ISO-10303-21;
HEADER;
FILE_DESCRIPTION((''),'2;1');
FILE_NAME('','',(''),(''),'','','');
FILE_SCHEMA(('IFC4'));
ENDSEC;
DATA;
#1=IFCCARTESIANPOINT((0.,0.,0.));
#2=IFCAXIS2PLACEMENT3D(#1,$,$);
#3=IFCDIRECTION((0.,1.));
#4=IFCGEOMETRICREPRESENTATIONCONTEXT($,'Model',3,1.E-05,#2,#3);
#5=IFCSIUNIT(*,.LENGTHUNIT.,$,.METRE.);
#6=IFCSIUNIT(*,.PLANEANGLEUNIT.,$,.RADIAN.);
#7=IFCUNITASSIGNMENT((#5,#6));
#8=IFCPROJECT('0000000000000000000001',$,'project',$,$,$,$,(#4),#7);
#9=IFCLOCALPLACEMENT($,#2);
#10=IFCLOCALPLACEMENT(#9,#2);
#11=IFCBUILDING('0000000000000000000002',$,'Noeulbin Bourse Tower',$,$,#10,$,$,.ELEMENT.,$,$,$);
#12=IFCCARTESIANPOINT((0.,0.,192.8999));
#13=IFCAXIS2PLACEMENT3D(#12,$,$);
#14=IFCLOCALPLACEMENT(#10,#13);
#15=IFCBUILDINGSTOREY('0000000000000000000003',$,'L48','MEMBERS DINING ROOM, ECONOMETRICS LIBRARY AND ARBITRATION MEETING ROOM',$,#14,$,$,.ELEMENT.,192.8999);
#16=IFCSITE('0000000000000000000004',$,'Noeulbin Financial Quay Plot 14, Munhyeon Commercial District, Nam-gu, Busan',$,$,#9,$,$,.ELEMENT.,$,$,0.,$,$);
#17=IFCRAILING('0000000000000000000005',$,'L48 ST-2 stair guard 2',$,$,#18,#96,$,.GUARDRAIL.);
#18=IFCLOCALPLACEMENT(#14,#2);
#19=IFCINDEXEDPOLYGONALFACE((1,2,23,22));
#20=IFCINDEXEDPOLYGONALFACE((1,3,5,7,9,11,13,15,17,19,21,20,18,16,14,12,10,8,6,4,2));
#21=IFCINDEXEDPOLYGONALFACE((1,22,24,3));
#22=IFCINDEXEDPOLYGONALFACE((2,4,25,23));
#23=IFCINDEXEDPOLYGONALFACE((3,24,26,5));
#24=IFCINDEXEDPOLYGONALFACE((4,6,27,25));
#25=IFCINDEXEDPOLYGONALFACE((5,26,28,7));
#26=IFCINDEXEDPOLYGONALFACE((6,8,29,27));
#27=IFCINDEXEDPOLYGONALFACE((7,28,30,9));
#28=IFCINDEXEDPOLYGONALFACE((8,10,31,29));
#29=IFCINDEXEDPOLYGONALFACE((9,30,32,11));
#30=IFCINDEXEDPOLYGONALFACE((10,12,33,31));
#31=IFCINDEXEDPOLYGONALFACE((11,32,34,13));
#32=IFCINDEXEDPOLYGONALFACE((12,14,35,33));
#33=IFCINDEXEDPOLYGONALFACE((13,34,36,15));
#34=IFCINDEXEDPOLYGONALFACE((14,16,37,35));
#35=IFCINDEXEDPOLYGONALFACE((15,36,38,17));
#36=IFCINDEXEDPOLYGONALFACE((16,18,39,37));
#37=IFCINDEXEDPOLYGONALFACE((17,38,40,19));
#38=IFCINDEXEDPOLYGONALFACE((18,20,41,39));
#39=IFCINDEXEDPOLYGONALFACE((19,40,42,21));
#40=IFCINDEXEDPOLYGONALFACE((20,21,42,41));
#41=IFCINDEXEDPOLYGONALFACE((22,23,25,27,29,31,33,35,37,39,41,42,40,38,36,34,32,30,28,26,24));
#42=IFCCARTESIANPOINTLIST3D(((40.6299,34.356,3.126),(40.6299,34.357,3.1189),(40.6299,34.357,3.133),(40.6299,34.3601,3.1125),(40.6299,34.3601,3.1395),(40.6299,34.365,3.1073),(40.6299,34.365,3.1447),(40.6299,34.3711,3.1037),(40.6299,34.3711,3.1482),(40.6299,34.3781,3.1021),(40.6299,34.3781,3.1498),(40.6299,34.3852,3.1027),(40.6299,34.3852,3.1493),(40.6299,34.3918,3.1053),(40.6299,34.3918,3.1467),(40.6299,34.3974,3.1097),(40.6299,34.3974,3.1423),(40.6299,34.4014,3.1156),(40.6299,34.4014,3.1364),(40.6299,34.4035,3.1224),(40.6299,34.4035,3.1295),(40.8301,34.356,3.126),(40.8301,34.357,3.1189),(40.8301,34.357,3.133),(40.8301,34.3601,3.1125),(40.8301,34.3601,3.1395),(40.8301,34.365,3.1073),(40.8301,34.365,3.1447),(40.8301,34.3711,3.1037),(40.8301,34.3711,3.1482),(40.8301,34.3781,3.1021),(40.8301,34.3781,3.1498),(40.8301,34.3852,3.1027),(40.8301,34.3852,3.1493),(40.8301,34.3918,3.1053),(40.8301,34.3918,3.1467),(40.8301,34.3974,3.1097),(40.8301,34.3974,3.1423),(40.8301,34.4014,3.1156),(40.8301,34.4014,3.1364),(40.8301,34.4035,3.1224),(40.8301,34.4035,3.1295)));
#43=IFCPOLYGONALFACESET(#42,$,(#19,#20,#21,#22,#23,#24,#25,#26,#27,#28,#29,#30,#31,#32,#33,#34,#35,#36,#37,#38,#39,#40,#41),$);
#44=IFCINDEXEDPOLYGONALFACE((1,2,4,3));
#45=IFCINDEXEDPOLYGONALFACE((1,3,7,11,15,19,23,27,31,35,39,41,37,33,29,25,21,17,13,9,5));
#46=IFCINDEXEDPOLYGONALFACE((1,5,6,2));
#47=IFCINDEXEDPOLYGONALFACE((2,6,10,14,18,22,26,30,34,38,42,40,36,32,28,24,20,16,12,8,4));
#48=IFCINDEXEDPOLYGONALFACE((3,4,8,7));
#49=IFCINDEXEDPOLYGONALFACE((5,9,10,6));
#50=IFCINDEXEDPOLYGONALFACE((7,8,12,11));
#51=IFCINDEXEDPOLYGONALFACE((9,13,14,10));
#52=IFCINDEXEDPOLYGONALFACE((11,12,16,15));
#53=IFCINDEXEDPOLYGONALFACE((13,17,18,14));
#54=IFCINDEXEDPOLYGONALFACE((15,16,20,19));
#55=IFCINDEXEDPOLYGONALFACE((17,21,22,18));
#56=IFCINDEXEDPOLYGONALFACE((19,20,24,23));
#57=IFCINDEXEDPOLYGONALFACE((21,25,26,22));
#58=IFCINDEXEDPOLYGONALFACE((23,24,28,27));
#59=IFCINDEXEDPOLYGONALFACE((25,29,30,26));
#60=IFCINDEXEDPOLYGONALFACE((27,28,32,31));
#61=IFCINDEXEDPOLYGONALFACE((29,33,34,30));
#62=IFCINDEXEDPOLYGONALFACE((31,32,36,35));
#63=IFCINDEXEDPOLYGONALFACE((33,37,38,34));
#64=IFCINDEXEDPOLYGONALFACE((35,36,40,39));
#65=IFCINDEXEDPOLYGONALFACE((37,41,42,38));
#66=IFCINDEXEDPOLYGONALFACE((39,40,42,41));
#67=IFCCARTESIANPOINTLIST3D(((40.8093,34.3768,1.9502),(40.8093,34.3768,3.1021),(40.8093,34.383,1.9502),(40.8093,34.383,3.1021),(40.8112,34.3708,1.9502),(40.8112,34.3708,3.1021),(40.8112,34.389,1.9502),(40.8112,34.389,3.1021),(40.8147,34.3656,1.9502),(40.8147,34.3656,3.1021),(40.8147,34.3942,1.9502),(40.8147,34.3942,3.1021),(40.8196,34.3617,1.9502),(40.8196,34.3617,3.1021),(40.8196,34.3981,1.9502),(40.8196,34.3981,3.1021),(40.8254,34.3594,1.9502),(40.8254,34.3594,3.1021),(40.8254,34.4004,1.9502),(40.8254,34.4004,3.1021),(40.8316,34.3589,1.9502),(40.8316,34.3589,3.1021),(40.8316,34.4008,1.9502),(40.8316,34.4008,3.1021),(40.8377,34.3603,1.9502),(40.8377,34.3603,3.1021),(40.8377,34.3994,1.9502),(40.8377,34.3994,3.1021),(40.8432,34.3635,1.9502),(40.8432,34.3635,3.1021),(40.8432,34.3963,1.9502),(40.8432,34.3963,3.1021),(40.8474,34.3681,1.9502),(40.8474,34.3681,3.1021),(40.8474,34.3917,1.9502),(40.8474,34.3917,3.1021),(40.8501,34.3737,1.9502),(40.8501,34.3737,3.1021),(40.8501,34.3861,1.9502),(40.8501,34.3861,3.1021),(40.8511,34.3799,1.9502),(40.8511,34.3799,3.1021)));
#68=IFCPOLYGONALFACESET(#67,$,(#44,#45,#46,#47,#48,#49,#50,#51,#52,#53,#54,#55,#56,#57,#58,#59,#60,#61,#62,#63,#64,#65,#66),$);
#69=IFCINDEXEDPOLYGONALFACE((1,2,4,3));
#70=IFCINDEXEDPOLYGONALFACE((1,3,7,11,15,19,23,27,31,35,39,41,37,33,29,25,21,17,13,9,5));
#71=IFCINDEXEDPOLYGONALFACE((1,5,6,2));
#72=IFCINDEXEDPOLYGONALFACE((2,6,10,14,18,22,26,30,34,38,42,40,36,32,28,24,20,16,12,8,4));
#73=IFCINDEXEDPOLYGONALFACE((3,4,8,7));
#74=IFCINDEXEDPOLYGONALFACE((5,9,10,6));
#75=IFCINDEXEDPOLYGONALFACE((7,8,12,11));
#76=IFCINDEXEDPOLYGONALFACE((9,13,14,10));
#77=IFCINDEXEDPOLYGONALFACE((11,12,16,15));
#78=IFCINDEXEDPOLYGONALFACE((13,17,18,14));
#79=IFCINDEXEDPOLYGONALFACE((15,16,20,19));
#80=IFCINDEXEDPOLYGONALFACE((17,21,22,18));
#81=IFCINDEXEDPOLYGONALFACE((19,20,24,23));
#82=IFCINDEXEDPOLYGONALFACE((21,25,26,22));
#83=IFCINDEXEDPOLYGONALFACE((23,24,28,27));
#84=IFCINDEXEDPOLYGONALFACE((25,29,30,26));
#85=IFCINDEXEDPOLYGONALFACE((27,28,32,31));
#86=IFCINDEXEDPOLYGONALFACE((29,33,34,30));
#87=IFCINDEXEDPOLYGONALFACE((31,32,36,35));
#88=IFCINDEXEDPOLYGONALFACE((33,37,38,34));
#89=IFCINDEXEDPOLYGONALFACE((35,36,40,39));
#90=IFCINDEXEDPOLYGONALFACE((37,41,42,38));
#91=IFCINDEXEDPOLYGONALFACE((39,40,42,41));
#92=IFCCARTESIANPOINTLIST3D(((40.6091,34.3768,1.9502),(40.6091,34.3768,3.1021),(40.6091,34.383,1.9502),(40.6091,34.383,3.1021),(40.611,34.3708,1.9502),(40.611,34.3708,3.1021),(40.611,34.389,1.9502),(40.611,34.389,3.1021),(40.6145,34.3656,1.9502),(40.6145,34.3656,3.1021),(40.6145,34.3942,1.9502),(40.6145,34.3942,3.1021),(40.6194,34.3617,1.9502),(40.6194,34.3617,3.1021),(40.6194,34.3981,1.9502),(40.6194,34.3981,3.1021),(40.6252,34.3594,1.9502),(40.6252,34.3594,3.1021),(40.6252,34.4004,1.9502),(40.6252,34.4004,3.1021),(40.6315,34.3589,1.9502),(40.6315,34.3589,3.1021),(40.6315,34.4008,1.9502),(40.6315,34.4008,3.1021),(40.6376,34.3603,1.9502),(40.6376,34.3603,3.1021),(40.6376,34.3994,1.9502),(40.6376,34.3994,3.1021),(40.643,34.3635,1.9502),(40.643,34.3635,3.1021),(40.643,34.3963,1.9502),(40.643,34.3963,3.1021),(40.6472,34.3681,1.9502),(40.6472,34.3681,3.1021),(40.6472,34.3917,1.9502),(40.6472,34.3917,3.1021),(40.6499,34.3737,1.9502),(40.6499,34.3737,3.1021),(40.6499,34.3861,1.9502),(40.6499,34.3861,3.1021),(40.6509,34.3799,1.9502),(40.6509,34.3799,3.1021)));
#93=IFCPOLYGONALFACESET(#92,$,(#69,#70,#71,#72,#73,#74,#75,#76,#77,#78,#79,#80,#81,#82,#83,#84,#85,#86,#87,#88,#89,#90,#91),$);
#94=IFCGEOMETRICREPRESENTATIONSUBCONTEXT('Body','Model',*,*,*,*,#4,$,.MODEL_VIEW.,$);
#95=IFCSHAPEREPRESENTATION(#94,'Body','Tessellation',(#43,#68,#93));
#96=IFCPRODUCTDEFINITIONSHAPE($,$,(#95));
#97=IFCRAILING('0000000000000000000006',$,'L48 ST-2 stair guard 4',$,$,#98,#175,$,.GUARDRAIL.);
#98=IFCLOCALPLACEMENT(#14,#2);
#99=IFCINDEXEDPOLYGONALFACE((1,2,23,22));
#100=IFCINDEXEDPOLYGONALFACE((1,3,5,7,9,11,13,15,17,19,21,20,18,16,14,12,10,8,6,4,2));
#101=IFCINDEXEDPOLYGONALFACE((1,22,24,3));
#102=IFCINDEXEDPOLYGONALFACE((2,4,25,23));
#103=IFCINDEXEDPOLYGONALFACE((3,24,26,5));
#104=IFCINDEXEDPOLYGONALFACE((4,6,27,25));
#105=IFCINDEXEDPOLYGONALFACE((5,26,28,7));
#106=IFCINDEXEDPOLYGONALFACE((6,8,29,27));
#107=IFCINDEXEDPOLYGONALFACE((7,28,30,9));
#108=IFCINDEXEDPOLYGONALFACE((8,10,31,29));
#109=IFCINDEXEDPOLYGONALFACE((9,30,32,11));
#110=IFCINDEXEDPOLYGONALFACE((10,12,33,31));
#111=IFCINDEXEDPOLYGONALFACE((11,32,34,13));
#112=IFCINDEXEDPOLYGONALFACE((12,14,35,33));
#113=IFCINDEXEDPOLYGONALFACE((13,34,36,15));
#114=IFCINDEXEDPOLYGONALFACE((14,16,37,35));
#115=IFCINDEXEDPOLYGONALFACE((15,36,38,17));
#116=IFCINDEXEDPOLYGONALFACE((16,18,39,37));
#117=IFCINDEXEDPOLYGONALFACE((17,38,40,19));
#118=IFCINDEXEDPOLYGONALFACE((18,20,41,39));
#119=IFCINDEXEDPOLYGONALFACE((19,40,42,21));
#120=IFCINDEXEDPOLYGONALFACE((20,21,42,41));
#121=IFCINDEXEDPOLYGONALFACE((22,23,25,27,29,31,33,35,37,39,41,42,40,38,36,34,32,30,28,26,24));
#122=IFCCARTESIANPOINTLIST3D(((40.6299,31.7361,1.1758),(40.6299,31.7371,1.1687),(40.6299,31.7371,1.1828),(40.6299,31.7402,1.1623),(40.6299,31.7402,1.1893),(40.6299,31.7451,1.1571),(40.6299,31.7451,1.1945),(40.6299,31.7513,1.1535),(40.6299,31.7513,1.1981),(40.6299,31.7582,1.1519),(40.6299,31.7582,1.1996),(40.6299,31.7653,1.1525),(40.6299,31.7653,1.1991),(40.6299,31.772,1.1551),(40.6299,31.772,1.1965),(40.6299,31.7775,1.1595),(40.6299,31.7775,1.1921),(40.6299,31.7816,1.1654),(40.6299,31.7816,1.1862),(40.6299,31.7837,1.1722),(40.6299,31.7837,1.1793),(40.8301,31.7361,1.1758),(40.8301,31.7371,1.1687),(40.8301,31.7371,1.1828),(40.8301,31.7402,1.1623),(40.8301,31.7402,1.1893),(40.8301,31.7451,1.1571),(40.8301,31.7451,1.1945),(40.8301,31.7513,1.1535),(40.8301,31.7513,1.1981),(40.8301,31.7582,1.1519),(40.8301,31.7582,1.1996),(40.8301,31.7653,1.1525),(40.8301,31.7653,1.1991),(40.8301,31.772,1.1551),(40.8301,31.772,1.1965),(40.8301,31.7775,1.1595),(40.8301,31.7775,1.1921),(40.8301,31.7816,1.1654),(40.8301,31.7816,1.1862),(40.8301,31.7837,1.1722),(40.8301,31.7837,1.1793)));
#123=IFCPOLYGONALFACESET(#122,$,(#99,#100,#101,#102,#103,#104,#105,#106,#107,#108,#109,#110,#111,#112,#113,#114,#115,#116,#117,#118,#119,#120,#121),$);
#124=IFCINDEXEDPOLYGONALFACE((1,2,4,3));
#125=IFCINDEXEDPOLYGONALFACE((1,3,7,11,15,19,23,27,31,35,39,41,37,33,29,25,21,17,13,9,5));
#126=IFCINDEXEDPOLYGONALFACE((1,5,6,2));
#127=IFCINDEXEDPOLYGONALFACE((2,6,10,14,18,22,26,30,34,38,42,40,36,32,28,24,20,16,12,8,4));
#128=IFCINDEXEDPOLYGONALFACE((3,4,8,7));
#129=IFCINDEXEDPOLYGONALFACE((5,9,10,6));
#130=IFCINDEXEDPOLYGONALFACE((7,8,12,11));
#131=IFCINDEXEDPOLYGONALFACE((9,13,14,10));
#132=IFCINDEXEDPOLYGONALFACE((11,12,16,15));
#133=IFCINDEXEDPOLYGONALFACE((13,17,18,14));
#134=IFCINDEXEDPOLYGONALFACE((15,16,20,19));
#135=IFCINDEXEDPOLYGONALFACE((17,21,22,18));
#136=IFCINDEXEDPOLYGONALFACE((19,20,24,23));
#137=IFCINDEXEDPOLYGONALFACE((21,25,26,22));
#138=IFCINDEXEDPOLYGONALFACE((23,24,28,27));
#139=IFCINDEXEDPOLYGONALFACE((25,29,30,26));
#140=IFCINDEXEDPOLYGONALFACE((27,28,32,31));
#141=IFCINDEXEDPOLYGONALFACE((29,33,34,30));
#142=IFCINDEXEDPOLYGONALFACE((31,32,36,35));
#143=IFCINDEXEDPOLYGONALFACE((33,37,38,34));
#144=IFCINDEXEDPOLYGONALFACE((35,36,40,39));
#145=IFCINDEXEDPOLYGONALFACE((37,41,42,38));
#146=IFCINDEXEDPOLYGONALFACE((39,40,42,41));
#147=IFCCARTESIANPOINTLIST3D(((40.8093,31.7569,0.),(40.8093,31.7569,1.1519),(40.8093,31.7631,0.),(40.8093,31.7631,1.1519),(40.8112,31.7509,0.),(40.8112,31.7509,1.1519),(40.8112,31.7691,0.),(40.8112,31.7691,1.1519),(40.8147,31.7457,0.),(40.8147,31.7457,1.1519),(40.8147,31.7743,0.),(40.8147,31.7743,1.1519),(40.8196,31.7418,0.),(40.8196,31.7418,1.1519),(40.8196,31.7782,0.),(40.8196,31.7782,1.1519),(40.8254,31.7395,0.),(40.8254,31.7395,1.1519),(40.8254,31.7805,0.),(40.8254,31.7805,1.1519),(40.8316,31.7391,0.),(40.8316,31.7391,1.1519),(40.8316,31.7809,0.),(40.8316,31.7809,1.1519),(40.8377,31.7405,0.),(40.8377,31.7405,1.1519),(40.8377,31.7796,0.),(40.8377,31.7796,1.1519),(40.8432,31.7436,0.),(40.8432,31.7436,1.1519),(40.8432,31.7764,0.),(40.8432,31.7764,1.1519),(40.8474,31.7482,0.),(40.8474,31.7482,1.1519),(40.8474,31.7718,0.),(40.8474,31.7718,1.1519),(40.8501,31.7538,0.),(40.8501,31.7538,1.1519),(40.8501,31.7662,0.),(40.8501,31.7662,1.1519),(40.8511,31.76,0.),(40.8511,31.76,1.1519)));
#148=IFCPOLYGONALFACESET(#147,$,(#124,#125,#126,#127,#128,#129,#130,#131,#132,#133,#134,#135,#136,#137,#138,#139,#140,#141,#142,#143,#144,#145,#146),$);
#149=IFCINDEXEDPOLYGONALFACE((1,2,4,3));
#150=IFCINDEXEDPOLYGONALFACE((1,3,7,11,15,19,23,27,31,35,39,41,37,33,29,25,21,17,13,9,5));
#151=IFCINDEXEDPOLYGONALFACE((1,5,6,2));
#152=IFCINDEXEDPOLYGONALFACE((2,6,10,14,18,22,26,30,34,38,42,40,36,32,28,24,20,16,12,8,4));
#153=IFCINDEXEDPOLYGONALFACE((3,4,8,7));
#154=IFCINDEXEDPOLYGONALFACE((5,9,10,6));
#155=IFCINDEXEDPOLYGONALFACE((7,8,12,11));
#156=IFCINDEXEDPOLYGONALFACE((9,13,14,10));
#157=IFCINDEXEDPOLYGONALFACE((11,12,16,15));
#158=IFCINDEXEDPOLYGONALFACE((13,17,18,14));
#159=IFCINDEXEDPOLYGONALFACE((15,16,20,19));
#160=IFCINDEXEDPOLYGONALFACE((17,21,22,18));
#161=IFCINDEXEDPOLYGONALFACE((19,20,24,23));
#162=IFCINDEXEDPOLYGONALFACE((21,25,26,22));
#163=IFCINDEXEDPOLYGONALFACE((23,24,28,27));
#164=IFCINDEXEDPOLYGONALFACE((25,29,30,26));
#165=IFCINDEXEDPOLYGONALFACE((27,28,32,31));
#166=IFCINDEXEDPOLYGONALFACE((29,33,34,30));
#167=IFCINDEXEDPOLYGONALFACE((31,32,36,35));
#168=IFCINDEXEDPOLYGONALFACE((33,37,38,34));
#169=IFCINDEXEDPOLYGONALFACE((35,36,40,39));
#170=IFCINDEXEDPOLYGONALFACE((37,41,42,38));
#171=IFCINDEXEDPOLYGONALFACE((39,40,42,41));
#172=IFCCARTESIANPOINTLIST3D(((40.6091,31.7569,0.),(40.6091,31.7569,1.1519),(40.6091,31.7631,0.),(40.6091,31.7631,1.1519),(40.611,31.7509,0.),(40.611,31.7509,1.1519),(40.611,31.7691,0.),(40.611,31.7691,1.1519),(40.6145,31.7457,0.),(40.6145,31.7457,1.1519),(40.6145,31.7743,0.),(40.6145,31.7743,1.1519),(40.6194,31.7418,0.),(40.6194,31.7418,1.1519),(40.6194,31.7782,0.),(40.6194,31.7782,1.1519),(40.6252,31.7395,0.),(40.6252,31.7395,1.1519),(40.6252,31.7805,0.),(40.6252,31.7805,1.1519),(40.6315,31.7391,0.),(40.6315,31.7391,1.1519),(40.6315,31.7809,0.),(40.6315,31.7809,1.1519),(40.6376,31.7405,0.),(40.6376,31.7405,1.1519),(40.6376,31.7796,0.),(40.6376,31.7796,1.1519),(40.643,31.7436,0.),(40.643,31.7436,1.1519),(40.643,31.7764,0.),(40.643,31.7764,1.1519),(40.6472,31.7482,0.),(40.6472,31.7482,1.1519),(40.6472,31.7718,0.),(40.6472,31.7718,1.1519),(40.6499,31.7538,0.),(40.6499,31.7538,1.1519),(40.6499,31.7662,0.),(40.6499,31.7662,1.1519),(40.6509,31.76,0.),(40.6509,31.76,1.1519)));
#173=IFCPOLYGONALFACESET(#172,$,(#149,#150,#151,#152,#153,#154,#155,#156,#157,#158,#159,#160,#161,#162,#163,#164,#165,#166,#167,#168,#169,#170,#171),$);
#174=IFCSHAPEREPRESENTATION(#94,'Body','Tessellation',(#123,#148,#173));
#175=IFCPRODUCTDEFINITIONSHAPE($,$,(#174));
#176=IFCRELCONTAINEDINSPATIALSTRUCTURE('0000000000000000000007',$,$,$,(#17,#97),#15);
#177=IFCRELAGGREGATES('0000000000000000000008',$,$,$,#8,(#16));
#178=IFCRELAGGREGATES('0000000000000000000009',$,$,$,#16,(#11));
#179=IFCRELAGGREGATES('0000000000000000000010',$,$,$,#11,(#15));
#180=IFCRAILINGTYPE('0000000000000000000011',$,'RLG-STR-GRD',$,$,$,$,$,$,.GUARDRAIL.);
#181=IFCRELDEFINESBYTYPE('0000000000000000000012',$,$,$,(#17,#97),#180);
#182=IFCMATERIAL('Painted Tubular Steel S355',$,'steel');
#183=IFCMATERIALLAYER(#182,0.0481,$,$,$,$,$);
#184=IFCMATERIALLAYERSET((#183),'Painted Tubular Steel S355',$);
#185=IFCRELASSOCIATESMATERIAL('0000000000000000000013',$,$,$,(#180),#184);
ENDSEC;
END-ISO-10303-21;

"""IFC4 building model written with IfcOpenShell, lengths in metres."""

from ifc_helpers import new_model, si_unit, direction, frame, origin, origin_2d, place, context, subcontext, project, spatial, circle, extrude, material, layer, layer_set, type_object, element, save


model = new_model("IFC4")

# Units and contexts
model_context = context("Model", 3, precision=1e-05, world=origin(), true_north=direction((0.0, 1.0)))
body_context = subcontext(model_context, "Body", "Model", "MODEL_VIEW")
ifc_project = project(units=[si_unit("LENGTHUNIT", "METRE"), si_unit("PLANEANGLEUNIT", "RADIAN")], contexts=[model_context])

# Site, building, storey
site_placement = place(None, origin())
site = spatial("IfcSite", under=ifc_project, at=site_placement, Name="Noeulbin Financial Quay Plot 14, Munhyeon Commercial District, Nam-gu, Busan", CompositionType="ELEMENT", RefElevation=0.0)
building_placement = place(site_placement, origin())
building = spatial("IfcBuilding", under=site, at=building_placement, Name="Noeulbin Bourse Tower", CompositionType="ELEMENT")
storey_placement = place(building_placement, frame((0.0, 0.0, 192.8999)))
storey = spatial("IfcBuildingStorey", under=building, at=storey_placement, Name="L48", Description="MEMBERS DINING ROOM, ECONOMETRICS LIBRARY AND ARBITRATION MEETING ROOM", CompositionType="ELEMENT", Elevation=192.8999)

# Railings
ifc_material_1 = material(Name="Painted Tubular Steel S355", Category="steel")
ifc_layer_1 = layer(ifc_material_1, 0.0481)
ifc_layer_set_1 = layer_set([ifc_layer_1], Name="Painted Tubular Steel S355")
railing_type_1 = type_object("IfcRailingType", Name="RLG-STR-GRD", PredefinedType="GUARDRAIL", material=ifc_layer_set_1)
for number, where, name in (
    (1, (40.8301, 34.3799, 1.9502), "L48 ST-2 stair guard 2"),
    (2, (40.8301, 31.76, 0.0), "L48 ST-2 stair guard 4"),
):
    element("IfcRailing", number, at=place(storey_placement, frame(where)), inside=storey, type_object=railing_type_1, Name=name, PredefinedType="GUARDRAIL", context=body_context, shape_type="SweptSolid", body=[
        extrude(circle(Radius=0.0239, at=origin_2d()), frame((0.0, 0.0, 1.1758), z_axis=(-1.0, 0.0, 0.0), x_axis=(0.0, -1.0, 0.0)), (0.0, 0.0, 1.0), 0.2002),
        extrude(circle(Radius=0.021, at=origin_2d()), origin(), (0.0, 0.0, 1.0), 1.1519),
        extrude(circle(Radius=0.021, at=origin_2d()), frame((-0.2002, 0.0, 0.0)), (0.0, 0.0, 1.0), 1.1519),
    ])

save(model, "model.ifc")
